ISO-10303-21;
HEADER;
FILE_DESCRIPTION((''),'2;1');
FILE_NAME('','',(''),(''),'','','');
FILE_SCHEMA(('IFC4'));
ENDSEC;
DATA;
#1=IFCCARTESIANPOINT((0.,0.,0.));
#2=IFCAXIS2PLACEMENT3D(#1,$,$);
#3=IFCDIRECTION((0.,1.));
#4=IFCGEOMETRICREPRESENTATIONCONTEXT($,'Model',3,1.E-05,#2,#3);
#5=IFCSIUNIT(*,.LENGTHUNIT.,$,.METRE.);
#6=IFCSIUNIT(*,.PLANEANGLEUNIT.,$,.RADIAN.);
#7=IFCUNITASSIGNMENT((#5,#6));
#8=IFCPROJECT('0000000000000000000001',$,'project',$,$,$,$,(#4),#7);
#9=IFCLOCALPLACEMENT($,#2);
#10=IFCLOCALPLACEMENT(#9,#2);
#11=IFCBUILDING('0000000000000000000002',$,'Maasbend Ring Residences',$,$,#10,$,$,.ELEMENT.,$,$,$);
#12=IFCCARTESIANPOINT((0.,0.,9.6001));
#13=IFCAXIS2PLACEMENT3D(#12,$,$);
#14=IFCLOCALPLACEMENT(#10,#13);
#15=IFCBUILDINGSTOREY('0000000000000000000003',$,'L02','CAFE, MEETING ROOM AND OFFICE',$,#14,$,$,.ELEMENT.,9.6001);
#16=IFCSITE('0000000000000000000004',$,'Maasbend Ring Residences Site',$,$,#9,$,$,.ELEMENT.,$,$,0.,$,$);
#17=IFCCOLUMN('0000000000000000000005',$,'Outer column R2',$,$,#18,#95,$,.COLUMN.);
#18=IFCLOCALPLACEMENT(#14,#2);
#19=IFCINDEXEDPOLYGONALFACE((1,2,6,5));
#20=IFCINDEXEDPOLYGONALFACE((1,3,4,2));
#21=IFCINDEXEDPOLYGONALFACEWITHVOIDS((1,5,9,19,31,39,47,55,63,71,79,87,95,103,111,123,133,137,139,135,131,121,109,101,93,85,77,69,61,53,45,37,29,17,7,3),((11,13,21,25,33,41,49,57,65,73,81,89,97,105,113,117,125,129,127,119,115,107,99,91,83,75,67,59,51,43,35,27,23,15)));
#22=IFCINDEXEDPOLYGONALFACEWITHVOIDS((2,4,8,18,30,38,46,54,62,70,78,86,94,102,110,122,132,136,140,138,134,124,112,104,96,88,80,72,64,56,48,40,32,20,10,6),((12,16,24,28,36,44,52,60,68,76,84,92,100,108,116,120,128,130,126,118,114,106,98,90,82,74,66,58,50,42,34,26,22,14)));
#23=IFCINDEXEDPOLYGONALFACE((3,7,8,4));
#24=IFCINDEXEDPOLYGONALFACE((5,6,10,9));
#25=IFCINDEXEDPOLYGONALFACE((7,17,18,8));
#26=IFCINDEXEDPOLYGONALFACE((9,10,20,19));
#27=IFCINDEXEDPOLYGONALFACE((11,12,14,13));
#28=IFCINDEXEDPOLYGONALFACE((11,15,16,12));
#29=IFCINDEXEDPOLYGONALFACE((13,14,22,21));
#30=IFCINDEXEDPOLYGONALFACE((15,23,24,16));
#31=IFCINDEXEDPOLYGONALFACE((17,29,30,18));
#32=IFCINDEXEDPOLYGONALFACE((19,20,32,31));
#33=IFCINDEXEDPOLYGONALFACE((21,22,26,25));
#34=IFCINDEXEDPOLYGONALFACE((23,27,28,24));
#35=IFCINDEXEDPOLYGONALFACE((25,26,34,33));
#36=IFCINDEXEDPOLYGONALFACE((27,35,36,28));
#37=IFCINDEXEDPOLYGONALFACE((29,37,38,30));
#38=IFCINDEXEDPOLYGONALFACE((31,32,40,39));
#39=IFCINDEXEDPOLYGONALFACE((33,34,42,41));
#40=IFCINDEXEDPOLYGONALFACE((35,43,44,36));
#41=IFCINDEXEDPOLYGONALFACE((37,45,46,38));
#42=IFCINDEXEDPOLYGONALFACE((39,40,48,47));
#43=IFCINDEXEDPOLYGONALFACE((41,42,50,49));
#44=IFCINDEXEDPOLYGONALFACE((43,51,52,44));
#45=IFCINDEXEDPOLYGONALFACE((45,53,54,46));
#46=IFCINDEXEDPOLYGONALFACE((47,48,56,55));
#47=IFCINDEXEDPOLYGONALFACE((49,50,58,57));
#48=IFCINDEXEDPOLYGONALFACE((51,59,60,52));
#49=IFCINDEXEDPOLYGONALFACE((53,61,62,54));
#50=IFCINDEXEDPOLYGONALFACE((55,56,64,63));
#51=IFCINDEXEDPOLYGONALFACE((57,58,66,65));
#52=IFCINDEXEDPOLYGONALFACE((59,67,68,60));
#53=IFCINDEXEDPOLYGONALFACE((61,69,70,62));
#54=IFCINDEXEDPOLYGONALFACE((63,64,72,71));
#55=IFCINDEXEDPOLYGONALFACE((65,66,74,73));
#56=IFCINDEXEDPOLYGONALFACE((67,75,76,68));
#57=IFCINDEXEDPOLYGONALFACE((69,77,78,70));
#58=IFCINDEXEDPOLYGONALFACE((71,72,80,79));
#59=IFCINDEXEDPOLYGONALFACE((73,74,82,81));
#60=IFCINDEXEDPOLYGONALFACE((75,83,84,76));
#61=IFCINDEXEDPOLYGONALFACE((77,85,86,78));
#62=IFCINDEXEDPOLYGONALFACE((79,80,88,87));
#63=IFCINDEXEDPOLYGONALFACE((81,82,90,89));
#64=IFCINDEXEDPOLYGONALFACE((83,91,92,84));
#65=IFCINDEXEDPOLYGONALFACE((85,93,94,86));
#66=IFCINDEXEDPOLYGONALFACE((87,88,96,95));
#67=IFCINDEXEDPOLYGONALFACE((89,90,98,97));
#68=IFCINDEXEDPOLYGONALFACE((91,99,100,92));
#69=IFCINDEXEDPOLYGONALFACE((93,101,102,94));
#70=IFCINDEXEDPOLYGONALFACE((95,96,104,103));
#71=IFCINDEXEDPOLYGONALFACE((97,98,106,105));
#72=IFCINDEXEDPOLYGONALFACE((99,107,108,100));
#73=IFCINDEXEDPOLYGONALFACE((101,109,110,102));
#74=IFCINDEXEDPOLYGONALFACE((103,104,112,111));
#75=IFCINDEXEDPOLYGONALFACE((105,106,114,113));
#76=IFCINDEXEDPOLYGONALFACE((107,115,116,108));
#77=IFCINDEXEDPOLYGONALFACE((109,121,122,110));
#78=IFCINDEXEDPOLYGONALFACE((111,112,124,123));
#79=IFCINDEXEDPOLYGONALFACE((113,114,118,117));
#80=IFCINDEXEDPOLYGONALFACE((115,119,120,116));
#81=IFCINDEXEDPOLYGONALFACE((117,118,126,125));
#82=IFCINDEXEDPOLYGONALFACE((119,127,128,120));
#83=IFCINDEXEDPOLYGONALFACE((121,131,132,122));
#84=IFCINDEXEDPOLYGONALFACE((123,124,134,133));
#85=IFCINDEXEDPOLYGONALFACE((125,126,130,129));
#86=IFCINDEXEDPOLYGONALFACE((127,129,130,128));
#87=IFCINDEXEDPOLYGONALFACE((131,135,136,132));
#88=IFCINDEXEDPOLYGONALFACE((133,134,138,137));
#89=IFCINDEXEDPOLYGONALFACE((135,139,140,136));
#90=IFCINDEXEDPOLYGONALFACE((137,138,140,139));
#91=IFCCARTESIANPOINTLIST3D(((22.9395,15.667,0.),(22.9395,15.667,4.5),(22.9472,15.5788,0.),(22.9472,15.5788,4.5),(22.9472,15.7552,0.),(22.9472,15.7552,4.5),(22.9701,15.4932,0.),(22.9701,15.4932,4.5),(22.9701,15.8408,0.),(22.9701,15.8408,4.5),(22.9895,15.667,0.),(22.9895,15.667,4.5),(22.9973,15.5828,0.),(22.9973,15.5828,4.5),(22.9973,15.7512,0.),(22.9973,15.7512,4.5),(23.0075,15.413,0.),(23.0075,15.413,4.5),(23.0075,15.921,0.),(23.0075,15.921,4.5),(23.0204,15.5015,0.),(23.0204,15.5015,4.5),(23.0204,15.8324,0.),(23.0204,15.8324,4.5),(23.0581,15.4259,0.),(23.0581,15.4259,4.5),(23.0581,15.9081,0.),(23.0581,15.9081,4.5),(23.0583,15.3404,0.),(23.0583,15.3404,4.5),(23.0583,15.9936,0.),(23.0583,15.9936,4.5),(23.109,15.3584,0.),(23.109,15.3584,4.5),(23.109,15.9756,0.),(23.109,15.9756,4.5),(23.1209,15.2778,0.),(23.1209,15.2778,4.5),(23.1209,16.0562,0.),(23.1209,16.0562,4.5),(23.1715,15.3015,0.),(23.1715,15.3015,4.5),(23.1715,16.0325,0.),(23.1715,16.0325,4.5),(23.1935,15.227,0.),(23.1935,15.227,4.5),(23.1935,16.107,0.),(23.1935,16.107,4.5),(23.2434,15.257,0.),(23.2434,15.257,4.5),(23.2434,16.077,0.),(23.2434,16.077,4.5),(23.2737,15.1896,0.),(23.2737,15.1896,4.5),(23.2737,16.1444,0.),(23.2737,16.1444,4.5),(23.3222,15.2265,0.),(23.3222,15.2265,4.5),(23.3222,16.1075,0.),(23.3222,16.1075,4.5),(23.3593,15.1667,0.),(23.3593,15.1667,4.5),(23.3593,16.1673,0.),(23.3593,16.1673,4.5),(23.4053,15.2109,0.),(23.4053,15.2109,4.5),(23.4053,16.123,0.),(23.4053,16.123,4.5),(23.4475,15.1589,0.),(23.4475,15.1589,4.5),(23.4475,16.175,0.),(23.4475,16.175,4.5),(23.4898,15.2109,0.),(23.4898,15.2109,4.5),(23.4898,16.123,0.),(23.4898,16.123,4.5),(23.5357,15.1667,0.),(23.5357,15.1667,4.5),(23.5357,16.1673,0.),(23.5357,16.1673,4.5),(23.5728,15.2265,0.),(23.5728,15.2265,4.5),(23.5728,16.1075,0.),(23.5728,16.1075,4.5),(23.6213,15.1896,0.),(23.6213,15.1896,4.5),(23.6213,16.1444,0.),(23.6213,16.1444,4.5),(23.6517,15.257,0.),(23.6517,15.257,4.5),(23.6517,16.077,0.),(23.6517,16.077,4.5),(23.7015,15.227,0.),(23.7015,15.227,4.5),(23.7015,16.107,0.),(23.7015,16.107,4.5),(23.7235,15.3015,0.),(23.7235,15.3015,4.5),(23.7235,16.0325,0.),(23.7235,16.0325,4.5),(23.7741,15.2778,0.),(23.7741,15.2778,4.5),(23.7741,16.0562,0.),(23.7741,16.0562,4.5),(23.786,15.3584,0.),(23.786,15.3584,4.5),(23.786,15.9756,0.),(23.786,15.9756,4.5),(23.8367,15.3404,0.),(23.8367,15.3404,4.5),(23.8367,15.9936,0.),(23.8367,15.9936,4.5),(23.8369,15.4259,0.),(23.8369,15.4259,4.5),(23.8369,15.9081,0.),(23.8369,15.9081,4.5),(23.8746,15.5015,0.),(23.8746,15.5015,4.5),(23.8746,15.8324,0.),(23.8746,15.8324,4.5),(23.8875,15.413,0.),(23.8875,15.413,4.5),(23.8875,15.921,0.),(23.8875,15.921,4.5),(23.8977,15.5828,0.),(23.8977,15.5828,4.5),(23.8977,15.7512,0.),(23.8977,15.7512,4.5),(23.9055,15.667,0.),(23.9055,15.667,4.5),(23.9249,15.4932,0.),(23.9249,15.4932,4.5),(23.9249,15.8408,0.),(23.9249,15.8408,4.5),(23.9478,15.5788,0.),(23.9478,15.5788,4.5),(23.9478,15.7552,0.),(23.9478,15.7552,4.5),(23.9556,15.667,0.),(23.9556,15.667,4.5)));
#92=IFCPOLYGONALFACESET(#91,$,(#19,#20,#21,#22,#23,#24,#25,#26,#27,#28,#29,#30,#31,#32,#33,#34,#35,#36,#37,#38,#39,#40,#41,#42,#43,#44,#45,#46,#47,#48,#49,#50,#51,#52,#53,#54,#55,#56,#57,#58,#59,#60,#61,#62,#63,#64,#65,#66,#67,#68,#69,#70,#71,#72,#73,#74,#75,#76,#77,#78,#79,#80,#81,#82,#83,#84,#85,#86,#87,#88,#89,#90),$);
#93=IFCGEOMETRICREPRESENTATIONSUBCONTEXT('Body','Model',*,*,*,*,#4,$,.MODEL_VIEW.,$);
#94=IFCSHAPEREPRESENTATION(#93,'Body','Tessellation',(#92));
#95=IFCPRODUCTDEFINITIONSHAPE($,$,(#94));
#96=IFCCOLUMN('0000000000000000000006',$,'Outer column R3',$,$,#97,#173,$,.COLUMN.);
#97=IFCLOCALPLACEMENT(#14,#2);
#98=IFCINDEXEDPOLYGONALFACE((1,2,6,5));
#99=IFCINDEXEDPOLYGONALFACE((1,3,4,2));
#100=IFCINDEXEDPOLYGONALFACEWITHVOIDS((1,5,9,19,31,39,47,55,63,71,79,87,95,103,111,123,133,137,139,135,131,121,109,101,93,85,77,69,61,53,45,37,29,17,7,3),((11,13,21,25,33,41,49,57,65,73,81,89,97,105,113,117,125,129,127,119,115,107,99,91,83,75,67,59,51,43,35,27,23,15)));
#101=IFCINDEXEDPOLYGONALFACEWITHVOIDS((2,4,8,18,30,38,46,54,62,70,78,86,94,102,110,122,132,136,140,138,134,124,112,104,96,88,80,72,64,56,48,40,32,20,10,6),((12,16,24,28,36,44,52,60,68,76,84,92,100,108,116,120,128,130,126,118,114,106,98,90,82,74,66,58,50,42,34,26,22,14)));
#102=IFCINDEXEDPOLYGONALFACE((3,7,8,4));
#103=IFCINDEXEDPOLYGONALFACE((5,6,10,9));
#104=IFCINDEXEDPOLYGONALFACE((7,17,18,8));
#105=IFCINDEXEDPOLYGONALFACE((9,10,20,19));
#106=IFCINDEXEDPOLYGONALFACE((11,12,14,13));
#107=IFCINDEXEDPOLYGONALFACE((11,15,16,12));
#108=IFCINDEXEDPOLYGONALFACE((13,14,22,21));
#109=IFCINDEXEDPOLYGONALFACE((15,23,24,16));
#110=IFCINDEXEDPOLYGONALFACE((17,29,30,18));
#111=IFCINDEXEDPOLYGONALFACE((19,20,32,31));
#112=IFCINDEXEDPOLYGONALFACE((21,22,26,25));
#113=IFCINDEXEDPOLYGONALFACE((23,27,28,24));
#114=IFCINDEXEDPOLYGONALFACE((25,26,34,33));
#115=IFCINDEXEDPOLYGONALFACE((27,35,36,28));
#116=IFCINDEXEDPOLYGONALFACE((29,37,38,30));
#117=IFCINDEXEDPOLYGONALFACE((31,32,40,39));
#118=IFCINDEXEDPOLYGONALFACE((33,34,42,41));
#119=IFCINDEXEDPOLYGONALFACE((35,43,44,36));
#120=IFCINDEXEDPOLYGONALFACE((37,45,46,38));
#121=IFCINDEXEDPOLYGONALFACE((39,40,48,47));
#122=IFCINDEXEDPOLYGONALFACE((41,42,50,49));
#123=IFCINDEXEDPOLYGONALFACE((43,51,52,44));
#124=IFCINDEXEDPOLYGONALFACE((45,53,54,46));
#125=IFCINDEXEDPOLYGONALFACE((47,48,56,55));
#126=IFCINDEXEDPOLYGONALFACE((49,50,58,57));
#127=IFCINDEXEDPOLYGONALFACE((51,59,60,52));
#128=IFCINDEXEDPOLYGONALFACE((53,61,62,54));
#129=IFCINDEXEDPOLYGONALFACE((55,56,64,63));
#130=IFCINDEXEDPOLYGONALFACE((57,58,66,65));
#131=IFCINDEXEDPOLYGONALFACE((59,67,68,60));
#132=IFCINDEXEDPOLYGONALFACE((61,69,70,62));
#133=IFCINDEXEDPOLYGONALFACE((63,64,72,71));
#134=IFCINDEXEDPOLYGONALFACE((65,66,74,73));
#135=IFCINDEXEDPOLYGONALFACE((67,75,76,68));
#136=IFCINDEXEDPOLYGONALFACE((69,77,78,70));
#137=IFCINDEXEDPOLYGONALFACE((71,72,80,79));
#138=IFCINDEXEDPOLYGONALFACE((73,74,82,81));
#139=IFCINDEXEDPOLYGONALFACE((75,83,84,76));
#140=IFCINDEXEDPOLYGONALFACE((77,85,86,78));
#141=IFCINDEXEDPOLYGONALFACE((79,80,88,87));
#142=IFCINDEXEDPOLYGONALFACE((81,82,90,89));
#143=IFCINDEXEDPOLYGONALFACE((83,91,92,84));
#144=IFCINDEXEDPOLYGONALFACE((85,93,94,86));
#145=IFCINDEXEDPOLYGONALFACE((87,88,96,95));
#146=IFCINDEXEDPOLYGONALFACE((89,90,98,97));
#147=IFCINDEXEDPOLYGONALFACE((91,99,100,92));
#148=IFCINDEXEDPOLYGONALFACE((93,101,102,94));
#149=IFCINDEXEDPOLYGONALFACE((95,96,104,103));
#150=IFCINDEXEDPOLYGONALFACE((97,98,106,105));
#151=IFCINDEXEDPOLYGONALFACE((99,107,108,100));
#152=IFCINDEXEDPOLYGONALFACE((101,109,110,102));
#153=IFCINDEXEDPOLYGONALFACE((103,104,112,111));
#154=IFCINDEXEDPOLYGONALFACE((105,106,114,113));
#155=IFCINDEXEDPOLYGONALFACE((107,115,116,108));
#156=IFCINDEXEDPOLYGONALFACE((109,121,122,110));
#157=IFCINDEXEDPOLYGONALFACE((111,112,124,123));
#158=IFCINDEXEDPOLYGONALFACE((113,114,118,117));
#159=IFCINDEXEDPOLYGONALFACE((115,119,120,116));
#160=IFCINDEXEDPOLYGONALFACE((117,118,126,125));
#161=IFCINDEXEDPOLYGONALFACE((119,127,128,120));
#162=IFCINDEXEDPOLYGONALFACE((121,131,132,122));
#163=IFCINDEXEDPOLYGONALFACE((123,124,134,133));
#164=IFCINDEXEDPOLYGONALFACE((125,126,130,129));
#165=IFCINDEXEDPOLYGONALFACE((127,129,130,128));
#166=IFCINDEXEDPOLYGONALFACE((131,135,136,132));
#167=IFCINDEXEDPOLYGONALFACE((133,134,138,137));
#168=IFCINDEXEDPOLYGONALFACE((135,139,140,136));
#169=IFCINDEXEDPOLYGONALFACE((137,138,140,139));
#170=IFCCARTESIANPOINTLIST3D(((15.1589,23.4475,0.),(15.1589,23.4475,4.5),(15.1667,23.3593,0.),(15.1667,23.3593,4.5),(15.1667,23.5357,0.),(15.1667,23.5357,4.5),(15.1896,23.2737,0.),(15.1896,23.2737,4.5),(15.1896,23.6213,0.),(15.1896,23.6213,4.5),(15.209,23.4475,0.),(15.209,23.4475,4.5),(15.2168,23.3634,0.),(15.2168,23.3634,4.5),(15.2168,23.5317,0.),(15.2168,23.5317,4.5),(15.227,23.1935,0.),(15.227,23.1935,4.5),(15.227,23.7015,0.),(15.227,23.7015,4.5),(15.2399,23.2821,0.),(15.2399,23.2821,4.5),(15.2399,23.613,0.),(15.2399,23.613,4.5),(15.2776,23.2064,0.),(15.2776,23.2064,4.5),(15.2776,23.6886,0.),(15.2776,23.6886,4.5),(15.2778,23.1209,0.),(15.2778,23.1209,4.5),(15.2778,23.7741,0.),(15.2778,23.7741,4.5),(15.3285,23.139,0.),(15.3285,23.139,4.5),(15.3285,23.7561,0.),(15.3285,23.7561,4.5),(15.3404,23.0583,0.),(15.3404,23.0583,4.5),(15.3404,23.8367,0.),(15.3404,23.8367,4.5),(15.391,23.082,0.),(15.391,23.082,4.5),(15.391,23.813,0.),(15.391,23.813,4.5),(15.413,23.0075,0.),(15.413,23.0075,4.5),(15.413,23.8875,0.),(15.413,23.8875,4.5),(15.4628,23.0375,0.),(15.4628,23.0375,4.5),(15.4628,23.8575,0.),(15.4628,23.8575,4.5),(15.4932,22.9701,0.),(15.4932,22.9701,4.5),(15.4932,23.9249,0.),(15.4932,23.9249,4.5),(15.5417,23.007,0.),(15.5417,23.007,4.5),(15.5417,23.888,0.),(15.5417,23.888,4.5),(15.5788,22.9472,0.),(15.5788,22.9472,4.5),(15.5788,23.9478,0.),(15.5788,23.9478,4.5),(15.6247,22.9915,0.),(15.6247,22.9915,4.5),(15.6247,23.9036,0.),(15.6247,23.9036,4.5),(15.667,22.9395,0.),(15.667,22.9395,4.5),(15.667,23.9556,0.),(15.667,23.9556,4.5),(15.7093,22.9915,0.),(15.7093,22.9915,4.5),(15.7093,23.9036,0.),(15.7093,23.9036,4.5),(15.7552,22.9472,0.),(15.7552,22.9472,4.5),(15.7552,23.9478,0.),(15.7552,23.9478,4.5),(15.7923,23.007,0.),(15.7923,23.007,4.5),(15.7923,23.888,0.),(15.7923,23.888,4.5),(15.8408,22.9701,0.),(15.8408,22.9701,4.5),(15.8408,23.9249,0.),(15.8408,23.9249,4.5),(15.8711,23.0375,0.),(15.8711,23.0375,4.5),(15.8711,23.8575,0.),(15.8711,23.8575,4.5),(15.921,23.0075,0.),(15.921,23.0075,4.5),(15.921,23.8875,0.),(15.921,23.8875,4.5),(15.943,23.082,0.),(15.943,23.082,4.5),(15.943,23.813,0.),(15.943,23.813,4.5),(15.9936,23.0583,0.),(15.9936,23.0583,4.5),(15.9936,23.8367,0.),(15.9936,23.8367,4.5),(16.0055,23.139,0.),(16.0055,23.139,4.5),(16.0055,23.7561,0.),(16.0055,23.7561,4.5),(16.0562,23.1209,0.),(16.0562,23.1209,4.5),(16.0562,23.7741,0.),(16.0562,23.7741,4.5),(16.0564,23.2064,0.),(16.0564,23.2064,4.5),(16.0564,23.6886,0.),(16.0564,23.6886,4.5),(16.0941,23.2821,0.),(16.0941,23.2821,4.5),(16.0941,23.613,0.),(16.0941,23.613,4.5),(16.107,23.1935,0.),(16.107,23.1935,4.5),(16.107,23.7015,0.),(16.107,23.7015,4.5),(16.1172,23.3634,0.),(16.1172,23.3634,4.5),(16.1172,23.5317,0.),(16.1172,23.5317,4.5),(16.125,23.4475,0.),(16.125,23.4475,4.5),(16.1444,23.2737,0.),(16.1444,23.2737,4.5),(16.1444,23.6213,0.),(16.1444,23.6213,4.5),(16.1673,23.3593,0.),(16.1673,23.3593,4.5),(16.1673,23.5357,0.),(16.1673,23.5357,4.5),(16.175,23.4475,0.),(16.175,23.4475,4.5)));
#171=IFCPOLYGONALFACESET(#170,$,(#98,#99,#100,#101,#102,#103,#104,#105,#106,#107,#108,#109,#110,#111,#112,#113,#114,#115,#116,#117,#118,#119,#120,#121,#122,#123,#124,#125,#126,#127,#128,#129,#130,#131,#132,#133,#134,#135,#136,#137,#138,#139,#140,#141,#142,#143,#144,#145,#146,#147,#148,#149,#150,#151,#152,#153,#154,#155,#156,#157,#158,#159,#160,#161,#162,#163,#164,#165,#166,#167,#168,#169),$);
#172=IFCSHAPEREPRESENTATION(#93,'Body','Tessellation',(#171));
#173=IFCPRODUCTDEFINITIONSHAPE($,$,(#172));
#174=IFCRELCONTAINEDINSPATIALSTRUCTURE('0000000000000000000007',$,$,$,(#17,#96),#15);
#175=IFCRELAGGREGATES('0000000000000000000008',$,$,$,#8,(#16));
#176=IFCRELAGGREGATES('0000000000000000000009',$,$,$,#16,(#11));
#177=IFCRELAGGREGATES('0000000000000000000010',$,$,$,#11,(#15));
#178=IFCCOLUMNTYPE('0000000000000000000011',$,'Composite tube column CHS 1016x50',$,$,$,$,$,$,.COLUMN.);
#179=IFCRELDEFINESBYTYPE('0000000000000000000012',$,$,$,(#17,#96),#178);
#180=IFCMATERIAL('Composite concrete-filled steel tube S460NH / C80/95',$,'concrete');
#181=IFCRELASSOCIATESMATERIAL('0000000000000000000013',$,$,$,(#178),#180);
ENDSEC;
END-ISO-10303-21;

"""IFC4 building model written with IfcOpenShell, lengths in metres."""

from ifc_helpers import new_model, si_unit, direction, frame, origin, origin_2d, place, context, subcontext, project, spatial, hollow_circle, extrude, material, material_profile, profile_set, type_object, element, save


model = new_model("IFC4")

# Units and contexts
model_context = context("Model", 3, precision=1e-05, world=origin(), true_north=direction((0.0, 1.0)))
body_context = subcontext(model_context, "Body", "Model", "MODEL_VIEW")
ifc_project = project(units=[si_unit("LENGTHUNIT", "METRE"), si_unit("PLANEANGLEUNIT", "RADIAN")], contexts=[model_context])

# Site, building, storey
site_placement = place(None, origin())
site = spatial("IfcSite", under=ifc_project, at=site_placement, Name="Maasbend Ring Residences Site", CompositionType="ELEMENT", RefElevation=0.0)
building_placement = place(site_placement, origin())
building = spatial("IfcBuilding", under=site, at=building_placement, Name="Maasbend Ring Residences", CompositionType="ELEMENT")
storey_placement = place(building_placement, frame((0.0, 0.0, 9.6001)))
storey = spatial("IfcBuildingStorey", under=building, at=storey_placement, Name="L02", Description="CAFE, MEETING ROOM AND OFFICE", CompositionType="ELEMENT", Elevation=9.6001)

# Columns
ifc_material_1 = material(Name="Composite concrete-filled steel tube S460NH / C80/95", Category="concrete")
ifc_material_profile_1 = material_profile(ifc_material_1, hollow_circle(Radius=0.5081, WallThickness=0.05, at=origin_2d()), Name="Composite tube column CHS 1016x50")
ifc_profile_set_1 = profile_set([ifc_material_profile_1], Name="Composite concrete-filled steel tube S460NH / C80/95")
column_type_1 = type_object("IfcColumnType", Name="Composite tube column CHS 1016x50", PredefinedType="COLUMN", material=ifc_profile_set_1)
for number, where, z_axis, x_axis, name in (
    (1, (23.4475, 15.667, 0.0), (0.0, 0.0, 1.0), (1.0, 0.0, 0.0), "Outer column R2"),
    (2, (15.667, 23.4475, 0.0), (0.0, 0.0, 1.0), (1.0, 0.0, 0.0), "Outer column R3"),
):
    element("IfcColumn", number, at=place(storey_placement, frame(where, z_axis=z_axis, x_axis=x_axis)), inside=storey, type_object=column_type_1, Name=name, PredefinedType="COLUMN", context=body_context, shape_type="SweptSolid", body=[
        extrude(hollow_circle(Radius=0.5081, WallThickness=0.05, at=origin_2d()), origin(), (0.0, 0.0, 1.0), 4.5),
    ])

save(model, "model.ifc")
